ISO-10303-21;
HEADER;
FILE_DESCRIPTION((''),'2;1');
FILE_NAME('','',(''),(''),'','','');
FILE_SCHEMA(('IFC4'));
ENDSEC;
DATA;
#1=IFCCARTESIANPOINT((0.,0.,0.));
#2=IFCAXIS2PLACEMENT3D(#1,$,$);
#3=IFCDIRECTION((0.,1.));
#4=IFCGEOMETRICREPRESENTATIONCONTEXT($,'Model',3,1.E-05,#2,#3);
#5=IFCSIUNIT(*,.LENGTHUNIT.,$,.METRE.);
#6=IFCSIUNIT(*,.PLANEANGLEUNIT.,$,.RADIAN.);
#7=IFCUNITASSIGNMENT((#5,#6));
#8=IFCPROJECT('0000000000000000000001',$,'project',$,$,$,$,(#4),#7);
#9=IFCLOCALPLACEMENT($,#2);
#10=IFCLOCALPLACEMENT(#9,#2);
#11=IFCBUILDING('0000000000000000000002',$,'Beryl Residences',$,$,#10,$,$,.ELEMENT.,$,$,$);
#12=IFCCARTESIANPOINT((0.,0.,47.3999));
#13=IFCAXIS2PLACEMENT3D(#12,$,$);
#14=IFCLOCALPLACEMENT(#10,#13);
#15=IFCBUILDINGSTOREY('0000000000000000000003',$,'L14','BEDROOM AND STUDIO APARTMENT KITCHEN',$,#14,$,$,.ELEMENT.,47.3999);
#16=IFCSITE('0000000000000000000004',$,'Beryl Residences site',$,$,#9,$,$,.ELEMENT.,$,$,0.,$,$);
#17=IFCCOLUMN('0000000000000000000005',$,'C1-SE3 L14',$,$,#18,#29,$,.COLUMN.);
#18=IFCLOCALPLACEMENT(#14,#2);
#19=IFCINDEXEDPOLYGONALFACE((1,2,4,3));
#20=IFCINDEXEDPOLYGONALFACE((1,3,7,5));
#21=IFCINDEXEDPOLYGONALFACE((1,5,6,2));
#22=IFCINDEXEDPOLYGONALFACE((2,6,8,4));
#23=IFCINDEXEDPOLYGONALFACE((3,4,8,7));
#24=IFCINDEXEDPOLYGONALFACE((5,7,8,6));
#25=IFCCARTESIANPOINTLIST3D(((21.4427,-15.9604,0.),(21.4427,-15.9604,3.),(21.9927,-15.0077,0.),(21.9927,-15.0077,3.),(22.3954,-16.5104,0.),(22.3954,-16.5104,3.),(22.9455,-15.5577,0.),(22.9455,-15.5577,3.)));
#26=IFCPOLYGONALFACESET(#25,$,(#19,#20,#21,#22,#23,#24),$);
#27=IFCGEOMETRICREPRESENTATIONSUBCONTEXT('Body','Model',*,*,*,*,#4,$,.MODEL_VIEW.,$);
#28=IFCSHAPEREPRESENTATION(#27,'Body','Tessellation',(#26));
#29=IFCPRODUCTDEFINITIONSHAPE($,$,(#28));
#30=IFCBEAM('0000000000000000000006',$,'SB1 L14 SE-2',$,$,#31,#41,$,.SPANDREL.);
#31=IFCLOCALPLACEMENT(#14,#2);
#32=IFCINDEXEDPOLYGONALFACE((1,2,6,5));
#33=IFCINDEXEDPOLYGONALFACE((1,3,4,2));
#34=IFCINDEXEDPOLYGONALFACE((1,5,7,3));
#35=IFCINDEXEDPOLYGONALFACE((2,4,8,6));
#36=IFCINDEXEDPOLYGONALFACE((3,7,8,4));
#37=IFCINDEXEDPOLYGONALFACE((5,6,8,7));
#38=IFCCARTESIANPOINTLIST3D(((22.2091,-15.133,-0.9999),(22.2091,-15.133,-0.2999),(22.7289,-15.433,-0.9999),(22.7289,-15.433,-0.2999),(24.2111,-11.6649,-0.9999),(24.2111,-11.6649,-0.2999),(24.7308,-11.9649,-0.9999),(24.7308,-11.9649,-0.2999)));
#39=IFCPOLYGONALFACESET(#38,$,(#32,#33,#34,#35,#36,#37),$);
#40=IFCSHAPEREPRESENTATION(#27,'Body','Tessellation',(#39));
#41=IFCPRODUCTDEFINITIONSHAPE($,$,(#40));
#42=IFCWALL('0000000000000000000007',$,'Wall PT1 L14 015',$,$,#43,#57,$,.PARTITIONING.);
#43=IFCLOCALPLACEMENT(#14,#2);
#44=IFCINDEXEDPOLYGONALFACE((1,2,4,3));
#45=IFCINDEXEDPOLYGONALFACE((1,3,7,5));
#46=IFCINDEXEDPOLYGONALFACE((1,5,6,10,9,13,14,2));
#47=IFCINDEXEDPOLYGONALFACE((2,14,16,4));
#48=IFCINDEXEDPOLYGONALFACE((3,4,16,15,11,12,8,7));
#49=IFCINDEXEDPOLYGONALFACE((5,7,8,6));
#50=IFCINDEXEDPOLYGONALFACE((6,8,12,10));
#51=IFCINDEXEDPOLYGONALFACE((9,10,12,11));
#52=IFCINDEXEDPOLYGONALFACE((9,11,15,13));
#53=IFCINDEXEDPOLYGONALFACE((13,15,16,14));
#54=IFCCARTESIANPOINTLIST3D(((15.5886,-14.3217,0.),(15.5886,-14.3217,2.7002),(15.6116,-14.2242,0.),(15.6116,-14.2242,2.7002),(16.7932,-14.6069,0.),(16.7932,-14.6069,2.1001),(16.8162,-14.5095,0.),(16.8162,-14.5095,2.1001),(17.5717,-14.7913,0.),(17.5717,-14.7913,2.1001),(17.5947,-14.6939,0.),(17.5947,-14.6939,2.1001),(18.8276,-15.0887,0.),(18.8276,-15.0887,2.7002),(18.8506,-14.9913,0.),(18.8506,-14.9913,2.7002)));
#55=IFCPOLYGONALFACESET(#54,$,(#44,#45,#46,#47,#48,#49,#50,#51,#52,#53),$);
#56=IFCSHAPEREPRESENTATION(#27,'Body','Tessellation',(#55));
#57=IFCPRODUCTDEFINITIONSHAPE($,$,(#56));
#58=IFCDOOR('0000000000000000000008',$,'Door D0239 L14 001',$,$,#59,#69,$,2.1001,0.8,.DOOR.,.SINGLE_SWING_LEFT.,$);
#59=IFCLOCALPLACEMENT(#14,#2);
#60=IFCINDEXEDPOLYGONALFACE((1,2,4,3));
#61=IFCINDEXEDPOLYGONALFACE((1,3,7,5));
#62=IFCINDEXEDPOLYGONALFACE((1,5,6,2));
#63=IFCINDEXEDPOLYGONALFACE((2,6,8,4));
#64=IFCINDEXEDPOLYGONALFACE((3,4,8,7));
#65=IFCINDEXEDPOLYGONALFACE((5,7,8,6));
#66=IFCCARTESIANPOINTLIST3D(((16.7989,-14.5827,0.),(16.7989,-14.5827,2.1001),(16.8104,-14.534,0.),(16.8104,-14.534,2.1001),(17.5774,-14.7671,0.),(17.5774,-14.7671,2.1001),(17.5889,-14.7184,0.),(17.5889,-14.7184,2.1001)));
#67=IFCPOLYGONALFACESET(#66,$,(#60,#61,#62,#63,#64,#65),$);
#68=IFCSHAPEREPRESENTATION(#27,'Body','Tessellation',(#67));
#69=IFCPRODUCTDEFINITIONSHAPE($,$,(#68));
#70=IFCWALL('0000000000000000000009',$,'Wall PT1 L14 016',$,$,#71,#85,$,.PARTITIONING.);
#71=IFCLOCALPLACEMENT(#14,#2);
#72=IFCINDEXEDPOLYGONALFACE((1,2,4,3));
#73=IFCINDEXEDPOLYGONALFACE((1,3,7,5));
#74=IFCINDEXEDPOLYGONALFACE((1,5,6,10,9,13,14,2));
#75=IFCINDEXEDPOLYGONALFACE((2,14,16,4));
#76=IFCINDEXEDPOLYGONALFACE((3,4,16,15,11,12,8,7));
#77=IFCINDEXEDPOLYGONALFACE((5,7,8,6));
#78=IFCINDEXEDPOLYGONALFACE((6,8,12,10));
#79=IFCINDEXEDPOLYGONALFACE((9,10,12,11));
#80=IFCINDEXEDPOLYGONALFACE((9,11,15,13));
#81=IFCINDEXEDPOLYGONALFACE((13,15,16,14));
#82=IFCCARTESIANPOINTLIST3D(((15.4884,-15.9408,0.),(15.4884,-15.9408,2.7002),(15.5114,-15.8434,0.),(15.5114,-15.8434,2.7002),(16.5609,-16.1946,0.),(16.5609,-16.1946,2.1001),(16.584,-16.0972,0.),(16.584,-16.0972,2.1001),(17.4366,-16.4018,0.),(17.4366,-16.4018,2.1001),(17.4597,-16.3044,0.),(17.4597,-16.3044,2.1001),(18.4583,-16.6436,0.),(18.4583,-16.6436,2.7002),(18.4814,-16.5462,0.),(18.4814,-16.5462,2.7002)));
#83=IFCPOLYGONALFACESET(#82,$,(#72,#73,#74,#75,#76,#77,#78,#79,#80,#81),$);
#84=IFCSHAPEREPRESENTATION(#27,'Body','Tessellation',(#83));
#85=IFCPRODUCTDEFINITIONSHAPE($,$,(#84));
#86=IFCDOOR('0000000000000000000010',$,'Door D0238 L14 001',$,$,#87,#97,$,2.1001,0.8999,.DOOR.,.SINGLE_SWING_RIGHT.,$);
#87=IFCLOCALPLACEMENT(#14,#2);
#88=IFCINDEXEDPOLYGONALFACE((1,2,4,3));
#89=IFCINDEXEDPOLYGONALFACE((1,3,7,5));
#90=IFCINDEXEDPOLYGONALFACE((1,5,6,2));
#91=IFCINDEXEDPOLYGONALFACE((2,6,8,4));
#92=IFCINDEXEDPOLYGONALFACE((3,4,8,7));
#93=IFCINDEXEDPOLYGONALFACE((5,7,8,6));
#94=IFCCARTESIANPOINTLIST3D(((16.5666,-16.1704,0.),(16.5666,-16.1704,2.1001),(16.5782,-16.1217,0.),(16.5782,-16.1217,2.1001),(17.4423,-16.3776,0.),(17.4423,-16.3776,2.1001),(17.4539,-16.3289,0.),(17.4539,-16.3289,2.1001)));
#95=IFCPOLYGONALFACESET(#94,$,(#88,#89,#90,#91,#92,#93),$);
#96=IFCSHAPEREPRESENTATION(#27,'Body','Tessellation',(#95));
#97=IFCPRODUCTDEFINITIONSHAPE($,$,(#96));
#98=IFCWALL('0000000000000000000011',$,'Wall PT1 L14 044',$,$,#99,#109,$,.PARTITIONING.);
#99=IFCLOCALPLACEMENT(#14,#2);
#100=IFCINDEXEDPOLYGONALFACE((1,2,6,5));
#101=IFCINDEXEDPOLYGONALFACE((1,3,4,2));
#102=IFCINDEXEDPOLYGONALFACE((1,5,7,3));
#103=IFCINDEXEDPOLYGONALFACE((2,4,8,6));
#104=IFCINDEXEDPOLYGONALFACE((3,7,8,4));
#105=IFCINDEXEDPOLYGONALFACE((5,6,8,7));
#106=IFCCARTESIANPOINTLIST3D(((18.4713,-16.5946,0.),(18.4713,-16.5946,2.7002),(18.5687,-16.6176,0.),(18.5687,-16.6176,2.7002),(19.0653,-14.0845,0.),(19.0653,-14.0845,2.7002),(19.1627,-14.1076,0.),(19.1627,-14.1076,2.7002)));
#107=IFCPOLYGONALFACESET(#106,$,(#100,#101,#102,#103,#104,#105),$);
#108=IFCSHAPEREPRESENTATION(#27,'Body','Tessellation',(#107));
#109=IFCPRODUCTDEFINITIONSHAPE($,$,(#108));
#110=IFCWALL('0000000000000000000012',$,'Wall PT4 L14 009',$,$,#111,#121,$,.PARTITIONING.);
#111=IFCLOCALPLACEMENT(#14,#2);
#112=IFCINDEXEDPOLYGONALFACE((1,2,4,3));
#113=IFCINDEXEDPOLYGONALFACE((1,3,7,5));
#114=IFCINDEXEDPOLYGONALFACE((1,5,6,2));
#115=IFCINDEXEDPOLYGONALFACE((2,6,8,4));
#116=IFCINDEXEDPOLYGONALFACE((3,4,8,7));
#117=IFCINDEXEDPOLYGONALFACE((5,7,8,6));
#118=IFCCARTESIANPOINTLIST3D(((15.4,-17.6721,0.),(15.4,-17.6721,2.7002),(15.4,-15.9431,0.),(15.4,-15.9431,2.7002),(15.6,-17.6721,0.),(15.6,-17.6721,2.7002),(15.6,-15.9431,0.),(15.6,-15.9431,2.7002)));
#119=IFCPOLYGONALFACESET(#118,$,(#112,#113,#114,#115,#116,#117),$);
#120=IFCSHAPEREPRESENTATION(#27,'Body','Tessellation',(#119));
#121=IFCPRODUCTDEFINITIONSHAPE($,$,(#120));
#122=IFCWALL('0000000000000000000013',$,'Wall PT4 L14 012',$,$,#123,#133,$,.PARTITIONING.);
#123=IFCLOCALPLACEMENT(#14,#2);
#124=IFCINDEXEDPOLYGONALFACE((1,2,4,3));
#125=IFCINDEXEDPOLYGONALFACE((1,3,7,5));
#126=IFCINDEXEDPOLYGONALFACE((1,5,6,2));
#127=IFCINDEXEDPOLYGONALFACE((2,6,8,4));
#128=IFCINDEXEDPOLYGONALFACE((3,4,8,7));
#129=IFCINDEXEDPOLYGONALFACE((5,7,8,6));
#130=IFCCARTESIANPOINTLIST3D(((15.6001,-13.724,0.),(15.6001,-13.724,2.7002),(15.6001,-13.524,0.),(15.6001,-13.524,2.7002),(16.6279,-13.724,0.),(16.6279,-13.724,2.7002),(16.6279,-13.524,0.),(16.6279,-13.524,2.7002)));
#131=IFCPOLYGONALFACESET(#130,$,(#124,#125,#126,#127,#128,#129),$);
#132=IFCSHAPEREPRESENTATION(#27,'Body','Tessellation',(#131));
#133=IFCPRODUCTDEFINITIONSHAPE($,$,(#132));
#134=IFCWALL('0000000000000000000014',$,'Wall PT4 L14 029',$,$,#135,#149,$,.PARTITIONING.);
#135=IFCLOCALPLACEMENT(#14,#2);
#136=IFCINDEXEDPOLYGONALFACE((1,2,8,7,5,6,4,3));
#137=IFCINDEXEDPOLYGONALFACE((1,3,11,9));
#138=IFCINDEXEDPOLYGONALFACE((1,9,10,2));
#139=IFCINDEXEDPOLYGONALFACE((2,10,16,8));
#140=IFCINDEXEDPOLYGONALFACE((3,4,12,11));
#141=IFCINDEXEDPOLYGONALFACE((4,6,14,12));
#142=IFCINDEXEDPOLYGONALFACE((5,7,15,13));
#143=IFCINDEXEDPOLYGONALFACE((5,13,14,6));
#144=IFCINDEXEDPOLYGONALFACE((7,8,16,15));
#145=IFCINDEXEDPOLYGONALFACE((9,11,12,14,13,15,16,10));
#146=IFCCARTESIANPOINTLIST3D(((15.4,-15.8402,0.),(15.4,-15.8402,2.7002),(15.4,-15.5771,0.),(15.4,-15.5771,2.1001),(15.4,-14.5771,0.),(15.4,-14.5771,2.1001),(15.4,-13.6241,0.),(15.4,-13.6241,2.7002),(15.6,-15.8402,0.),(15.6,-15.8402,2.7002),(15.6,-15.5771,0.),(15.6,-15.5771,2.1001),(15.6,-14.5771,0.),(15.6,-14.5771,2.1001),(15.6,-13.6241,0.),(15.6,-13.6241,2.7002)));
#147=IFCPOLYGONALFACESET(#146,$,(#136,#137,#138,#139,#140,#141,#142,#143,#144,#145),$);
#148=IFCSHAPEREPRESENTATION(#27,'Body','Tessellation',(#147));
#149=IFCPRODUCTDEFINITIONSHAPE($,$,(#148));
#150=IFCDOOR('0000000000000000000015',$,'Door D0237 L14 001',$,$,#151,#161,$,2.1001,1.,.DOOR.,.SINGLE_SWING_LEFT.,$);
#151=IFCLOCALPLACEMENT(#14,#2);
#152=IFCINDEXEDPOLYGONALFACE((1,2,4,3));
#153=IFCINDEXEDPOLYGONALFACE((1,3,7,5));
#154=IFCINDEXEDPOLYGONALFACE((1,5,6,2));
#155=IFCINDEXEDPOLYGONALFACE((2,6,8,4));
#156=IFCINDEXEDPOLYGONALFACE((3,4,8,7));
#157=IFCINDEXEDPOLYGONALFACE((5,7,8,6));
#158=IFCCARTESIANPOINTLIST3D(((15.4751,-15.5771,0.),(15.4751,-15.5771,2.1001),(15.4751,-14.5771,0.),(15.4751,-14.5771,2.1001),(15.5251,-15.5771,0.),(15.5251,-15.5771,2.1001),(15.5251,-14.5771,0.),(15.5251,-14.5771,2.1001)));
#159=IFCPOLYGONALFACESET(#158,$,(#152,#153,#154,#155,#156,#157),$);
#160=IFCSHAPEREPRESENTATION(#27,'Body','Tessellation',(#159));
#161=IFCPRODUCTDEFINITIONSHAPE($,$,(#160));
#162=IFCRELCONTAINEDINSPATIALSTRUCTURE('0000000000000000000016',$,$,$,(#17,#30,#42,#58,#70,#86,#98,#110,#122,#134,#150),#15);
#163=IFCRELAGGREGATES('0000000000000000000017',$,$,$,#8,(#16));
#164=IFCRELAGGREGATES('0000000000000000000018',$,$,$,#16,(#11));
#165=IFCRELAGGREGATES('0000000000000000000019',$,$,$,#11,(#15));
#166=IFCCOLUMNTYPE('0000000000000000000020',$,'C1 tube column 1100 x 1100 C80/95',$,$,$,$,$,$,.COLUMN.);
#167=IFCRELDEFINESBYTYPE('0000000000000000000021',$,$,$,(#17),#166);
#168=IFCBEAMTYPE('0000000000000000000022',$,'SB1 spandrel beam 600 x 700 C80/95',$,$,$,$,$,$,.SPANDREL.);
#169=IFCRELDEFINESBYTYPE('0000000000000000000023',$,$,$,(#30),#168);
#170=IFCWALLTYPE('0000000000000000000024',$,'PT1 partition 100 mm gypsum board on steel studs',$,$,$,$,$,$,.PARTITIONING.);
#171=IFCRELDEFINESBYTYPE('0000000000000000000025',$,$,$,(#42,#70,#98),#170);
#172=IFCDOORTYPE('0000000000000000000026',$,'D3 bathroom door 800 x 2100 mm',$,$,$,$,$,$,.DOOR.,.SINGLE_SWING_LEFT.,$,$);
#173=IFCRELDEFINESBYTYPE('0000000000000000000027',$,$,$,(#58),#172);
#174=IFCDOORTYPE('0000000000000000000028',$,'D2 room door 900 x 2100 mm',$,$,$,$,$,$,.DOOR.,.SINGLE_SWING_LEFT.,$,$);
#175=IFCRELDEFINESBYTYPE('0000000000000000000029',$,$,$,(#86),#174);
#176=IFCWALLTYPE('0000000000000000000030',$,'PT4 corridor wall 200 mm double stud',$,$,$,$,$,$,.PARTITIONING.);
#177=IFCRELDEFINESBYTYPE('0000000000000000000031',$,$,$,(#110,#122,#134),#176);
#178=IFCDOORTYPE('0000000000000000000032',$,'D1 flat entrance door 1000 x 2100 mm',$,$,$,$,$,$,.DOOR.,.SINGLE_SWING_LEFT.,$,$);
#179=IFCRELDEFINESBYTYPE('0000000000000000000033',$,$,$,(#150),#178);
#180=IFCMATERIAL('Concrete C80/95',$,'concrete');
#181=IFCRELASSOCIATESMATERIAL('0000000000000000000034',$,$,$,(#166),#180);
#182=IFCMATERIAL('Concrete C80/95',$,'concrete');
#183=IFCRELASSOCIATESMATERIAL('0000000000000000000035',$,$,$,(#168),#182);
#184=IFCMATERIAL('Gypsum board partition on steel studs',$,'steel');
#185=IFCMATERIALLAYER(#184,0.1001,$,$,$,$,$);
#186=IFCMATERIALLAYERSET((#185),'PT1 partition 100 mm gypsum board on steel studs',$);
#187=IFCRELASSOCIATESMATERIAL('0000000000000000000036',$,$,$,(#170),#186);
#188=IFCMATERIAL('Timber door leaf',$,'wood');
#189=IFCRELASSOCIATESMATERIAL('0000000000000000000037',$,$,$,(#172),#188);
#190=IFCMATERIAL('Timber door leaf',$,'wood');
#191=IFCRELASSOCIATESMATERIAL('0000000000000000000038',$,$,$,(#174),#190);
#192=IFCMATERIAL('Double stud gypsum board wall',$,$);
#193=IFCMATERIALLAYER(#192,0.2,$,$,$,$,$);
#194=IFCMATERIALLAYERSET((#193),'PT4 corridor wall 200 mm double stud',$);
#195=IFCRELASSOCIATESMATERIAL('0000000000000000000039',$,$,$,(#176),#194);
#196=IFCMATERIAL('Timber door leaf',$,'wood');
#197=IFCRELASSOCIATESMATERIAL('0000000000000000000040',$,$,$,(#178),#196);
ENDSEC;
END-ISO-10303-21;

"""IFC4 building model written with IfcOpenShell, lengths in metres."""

from ifc_helpers import new_model, si_unit, direction, frame, frame_2d, origin, origin_2d, place, context, subcontext, project, spatial, rectangle, extrude, material, layer, layer_set, material_profile, profile_set, type_object, element, fill, save


model = new_model("IFC4")

# Units and contexts
model_context = context("Model", 3, precision=1e-05, world=origin(), true_north=direction((0.0, 1.0)))
body_context = subcontext(model_context, "Body", "Model", "MODEL_VIEW")
ifc_project = project(units=[si_unit("LENGTHUNIT", "METRE"), si_unit("PLANEANGLEUNIT", "RADIAN")], contexts=[model_context])

# Site, building, storey
site_placement = place(None, origin())
site = spatial("IfcSite", under=ifc_project, at=site_placement, Name="Beryl Residences site", CompositionType="ELEMENT", RefElevation=0.0)
building_placement = place(site_placement, origin())
building = spatial("IfcBuilding", under=site, at=building_placement, Name="Beryl Residences", CompositionType="ELEMENT")
storey_placement = place(building_placement, frame((0.0, 0.0, 47.3999)))
storey = spatial("IfcBuildingStorey", under=building, at=storey_placement, Name="L14", Description="BEDROOM AND STUDIO APARTMENT KITCHEN", CompositionType="ELEMENT", Elevation=47.3999)

# Column
ifc_material_1 = material(Name="Concrete C80/95", Category="concrete")
ifc_material_profile_1 = material_profile(ifc_material_1, rectangle(XDim=1.1001, YDim=1.1001, at=origin_2d()))
ifc_profile_set_1 = profile_set([ifc_material_profile_1], Name="Concrete C80/95")
column_type = type_object("IfcColumnType", Name="C1 tube column 1100 x 1100 C80/95", PredefinedType="COLUMN", material=ifc_profile_set_1)
column_placement = place(storey_placement, frame((22.1941, -15.759, 0.0), z_axis=(0.0, 0.0, 1.0), x_axis=(0.499985, 0.866034, 0.0)))
element("IfcColumn", 1, at=column_placement, inside=storey, type_object=column_type, Name="C1-SE3 L14", PredefinedType="COLUMN", context=body_context, shape_type="SweptSolid", body=[
    extrude(rectangle(XDim=1.1001, YDim=1.1001, at=origin_2d()), origin(), (0.0, 0.0, 1.0), 3.0),
])

# Beam
ifc_material_2 = material(Name="Concrete C80/95", Category="concrete")
ifc_material_profile_2 = material_profile(ifc_material_2, rectangle(XDim=0.6001, YDim=0.7, at=origin_2d()))
ifc_profile_set_2 = profile_set([ifc_material_profile_2], Name="Concrete C80/95")
beam_type = type_object("IfcBeamType", Name="SB1 spandrel beam 600 x 700 C80/95", PredefinedType="SPANDREL", material=ifc_profile_set_2)
beam_placement = place(storey_placement, frame((22.469, -15.283, -0.6499), z_axis=(0.499942, 0.866059, 0.0), x_axis=(-0.866059, 0.499942, 0.0)))
element("IfcBeam", 2, at=beam_placement, inside=storey, type_object=beam_type, Name="SB1 L14 SE-2", PredefinedType="SPANDREL", context=body_context, shape_type="SweptSolid", body=[
    extrude(rectangle(XDim=0.6001, YDim=0.7, at=origin_2d()), origin(), (0.0, 0.0, 1.0), 4.0044),
])

# Walls, openings, doors
ifc_material_3 = material(Name="Gypsum board partition on steel studs", Category="steel")
ifc_layer_1 = layer(ifc_material_3, 0.1001)
ifc_layer_set_1 = layer_set([ifc_layer_1], Name="PT1 partition 100 mm gypsum board on steel studs")
wall_type_1 = type_object("IfcWallType", Name="PT1 partition 100 mm gypsum board on steel studs", PredefinedType="PARTITIONING", material=ifc_layer_set_1)
wall_1_placement = place(storey_placement, frame((15.6001, -14.2729, 0.0), z_axis=(0.0, 0.0, 1.0), x_axis=(0.973083, -0.230454, 0.0)))
wall_1 = element("IfcWall", 3, at=wall_1_placement, inside=storey, type_object=wall_type_1, Name="Wall PT1 L14 015", PredefinedType="PARTITIONING", context=body_context, shape_type="SweptSolid", body=[
    extrude(rectangle(XDim=3.3286, YDim=0.1001, at=frame_2d((1.6643, 0.0))), origin(), (0.0, 0.0, 1.0), 2.7002),
])
opening_1_placement = place(wall_1_placement, frame((1.238, 0.0, 0.0)))
opening_1 = element("IfcOpeningElement", 4, at=opening_1_placement, cuts=wall_1, PredefinedType="OPENING", context=body_context, shape_type="SweptSolid", body=[
    extrude(rectangle(XDim=0.8, YDim=2.1001, at=frame_2d((0.3999, 1.05))), frame((0.0, 0.0601, 0.0), z_axis=(0.0, -1.0, 0.0), x_axis=(1.0, 0.0, 0.0)), (0.0, 0.0, 1.0), 0.1201),
])
ifc_material_4 = material(Name="Timber door leaf", Category="wood")
door_type_1 = type_object("IfcDoorType", Name="D3 bathroom door 800 x 2100 mm", OperationType="SINGLE_SWING_LEFT", PredefinedType="DOOR", material=ifc_material_4)
door_1_placement = place(opening_1_placement, origin())
door_1 = element("IfcDoor", 5, at=door_1_placement, inside=storey, type_object=door_type_1, Name="Door D0239 L14 001", OperationType="SINGLE_SWING_LEFT", OverallHeight=2.1001, OverallWidth=0.8, PredefinedType="DOOR", context=body_context, shape_type="SweptSolid", body=[
    extrude(rectangle(XDim=0.8, YDim=2.1001, at=frame_2d((0.3999, 1.05))), frame((0.0, 0.0249, 0.0), z_axis=(0.0, -1.0, 0.0), x_axis=(1.0, 0.0, 0.0)), (0.0, 0.0, 1.0), 0.05),
])
fill(opening_1, door_1)
wall_2_placement = place(storey_placement, frame((15.5, -15.8921, 0.0), z_axis=(0.0, 0.0, 1.0), x_axis=(0.973119, -0.230301, 0.0)))
wall_2 = element("IfcWall", 6, at=wall_2_placement, inside=storey, type_object=wall_type_1, Name="Wall PT1 L14 016", PredefinedType="PARTITIONING", context=body_context, shape_type="SweptSolid", body=[
    extrude(rectangle(XDim=3.052, YDim=0.1001, at=frame_2d((1.5259, 0.0))), origin(), (0.0, 0.0, 1.0), 2.7002),
])
opening_2_placement = place(wall_2_placement, frame((1.1021, 0.0, 0.0)))
opening_2 = element("IfcOpeningElement", 7, at=opening_2_placement, cuts=wall_2, PredefinedType="OPENING", context=body_context, shape_type="SweptSolid", body=[
    extrude(rectangle(XDim=0.8999, YDim=2.1001, at=frame_2d((0.45, 1.05))), frame((0.0, 0.0601, 0.0), z_axis=(0.0, -1.0, 0.0), x_axis=(1.0, 0.0, 0.0)), (0.0, 0.0, 1.0), 0.1201),
])
ifc_material_5 = material(Name="Timber door leaf", Category="wood")
door_type_2 = type_object("IfcDoorType", Name="D2 room door 900 x 2100 mm", OperationType="SINGLE_SWING_LEFT", PredefinedType="DOOR", material=ifc_material_5)
door_2_placement = place(opening_2_placement, origin())
door_2 = element("IfcDoor", 8, at=door_2_placement, inside=storey, type_object=door_type_2, Name="Door D0238 L14 001", OperationType="SINGLE_SWING_RIGHT", OverallHeight=2.1001, OverallWidth=0.8999, PredefinedType="DOOR", context=body_context, shape_type="SweptSolid", body=[
    extrude(rectangle(XDim=0.8999, YDim=2.1001, at=frame_2d((0.45, 1.05))), frame((0.0, 0.0249, 0.0), z_axis=(0.0, -1.0, 0.0), x_axis=(1.0, 0.0, 0.0)), (0.0, 0.0, 1.0), 0.05),
])
fill(opening_2, door_2)

# Walls
wall_3_placement = place(storey_placement, frame((18.52, -16.606, 0.0), z_axis=(0.0, 0.0, 1.0), x_axis=(0.230289, 0.973122, 0.0)))
element("IfcWall", 9, at=wall_3_placement, inside=storey, type_object=wall_type_1, Name="Wall PT1 L14 044", PredefinedType="PARTITIONING", context=body_context, shape_type="SweptSolid", body=[
    extrude(rectangle(XDim=2.5793, YDim=0.1001, at=frame_2d((1.2896, 0.0))), origin(), (0.0, 0.0, 1.0), 2.7002),
])
ifc_material_6 = material(Name="Double stud gypsum board wall")
ifc_layer_2 = layer(ifc_material_6, 0.2)
ifc_layer_set_2 = layer_set([ifc_layer_2], Name="PT4 corridor wall 200 mm double stud")
wall_type_2 = type_object("IfcWallType", Name="PT4 corridor wall 200 mm double stud", PredefinedType="PARTITIONING", material=ifc_layer_set_2)
wall_4_placement = place(storey_placement, frame((15.5, -15.9431, 0.0), z_axis=(0.0, 0.0, 1.0), x_axis=(0.0, -1.0, 0.0)))
element("IfcWall", 10, at=wall_4_placement, inside=storey, type_object=wall_type_2, Name="Wall PT4 L14 009", PredefinedType="PARTITIONING", context=body_context, shape_type="SweptSolid", body=[
    extrude(rectangle(XDim=1.729, YDim=0.2, at=frame_2d((0.8645, 0.0))), origin(), (0.0, 0.0, 1.0), 2.7002),
])
wall_5_placement = place(storey_placement, frame((15.6001, -13.624, 0.0), z_axis=(0.0, 0.0, 1.0), x_axis=(1.0, 0.0, 0.0)))
element("IfcWall", 11, at=wall_5_placement, inside=storey, type_object=wall_type_2, Name="Wall PT4 L14 012", PredefinedType="PARTITIONING", context=body_context, shape_type="SweptSolid", body=[
    extrude(rectangle(XDim=1.0278, YDim=0.2, at=frame_2d((0.5139, 0.0))), origin(), (0.0, 0.0, 1.0), 2.7002),
])

# Wall, opening, door
wall_6_placement = place(storey_placement, frame((15.5, -15.8401, 0.0), z_axis=(0.0, 0.0, 1.0), x_axis=(0.0, 1.0, 0.0)))
wall_6 = element("IfcWall", 12, at=wall_6_placement, inside=storey, type_object=wall_type_2, Name="Wall PT4 L14 029", PredefinedType="PARTITIONING", context=body_context, shape_type="SweptSolid", body=[
    extrude(rectangle(XDim=2.2161, YDim=0.2, at=frame_2d((1.1079, 0.0))), origin(), (0.0, 0.0, 1.0), 2.7002),
])
opening_3_placement = place(wall_6_placement, frame((0.2629, 0.0, 0.0)))
opening_3 = element("IfcOpeningElement", 13, at=opening_3_placement, cuts=wall_6, PredefinedType="OPENING", context=body_context, shape_type="SweptSolid", body=[
    extrude(rectangle(XDim=1.0, YDim=2.1001, at=frame_2d((0.5, 1.05))), frame((0.0, 0.1099, 0.0), z_axis=(0.0, -1.0, 0.0), x_axis=(1.0, 0.0, 0.0)), (0.0, 0.0, 1.0), 0.22),
])
ifc_material_7 = material(Name="Timber door leaf", Category="wood")
door_type_3 = type_object("IfcDoorType", Name="D1 flat entrance door 1000 x 2100 mm", OperationType="SINGLE_SWING_LEFT", PredefinedType="DOOR", material=ifc_material_7)
door_3_placement = place(opening_3_placement, origin())
door_3 = element("IfcDoor", 14, at=door_3_placement, inside=storey, type_object=door_type_3, Name="Door D0237 L14 001", OperationType="SINGLE_SWING_LEFT", OverallHeight=2.1001, OverallWidth=1.0, PredefinedType="DOOR", context=body_context, shape_type="SweptSolid", body=[
    extrude(rectangle(XDim=1.0, YDim=2.1001, at=frame_2d((0.5, 1.05))), frame((0.0, 0.0249, 0.0), z_axis=(0.0, -1.0, 0.0), x_axis=(1.0, 0.0, 0.0)), (0.0, 0.0, 1.0), 0.05),
])
fill(opening_3, door_3)

save(model, "model.ifc")
